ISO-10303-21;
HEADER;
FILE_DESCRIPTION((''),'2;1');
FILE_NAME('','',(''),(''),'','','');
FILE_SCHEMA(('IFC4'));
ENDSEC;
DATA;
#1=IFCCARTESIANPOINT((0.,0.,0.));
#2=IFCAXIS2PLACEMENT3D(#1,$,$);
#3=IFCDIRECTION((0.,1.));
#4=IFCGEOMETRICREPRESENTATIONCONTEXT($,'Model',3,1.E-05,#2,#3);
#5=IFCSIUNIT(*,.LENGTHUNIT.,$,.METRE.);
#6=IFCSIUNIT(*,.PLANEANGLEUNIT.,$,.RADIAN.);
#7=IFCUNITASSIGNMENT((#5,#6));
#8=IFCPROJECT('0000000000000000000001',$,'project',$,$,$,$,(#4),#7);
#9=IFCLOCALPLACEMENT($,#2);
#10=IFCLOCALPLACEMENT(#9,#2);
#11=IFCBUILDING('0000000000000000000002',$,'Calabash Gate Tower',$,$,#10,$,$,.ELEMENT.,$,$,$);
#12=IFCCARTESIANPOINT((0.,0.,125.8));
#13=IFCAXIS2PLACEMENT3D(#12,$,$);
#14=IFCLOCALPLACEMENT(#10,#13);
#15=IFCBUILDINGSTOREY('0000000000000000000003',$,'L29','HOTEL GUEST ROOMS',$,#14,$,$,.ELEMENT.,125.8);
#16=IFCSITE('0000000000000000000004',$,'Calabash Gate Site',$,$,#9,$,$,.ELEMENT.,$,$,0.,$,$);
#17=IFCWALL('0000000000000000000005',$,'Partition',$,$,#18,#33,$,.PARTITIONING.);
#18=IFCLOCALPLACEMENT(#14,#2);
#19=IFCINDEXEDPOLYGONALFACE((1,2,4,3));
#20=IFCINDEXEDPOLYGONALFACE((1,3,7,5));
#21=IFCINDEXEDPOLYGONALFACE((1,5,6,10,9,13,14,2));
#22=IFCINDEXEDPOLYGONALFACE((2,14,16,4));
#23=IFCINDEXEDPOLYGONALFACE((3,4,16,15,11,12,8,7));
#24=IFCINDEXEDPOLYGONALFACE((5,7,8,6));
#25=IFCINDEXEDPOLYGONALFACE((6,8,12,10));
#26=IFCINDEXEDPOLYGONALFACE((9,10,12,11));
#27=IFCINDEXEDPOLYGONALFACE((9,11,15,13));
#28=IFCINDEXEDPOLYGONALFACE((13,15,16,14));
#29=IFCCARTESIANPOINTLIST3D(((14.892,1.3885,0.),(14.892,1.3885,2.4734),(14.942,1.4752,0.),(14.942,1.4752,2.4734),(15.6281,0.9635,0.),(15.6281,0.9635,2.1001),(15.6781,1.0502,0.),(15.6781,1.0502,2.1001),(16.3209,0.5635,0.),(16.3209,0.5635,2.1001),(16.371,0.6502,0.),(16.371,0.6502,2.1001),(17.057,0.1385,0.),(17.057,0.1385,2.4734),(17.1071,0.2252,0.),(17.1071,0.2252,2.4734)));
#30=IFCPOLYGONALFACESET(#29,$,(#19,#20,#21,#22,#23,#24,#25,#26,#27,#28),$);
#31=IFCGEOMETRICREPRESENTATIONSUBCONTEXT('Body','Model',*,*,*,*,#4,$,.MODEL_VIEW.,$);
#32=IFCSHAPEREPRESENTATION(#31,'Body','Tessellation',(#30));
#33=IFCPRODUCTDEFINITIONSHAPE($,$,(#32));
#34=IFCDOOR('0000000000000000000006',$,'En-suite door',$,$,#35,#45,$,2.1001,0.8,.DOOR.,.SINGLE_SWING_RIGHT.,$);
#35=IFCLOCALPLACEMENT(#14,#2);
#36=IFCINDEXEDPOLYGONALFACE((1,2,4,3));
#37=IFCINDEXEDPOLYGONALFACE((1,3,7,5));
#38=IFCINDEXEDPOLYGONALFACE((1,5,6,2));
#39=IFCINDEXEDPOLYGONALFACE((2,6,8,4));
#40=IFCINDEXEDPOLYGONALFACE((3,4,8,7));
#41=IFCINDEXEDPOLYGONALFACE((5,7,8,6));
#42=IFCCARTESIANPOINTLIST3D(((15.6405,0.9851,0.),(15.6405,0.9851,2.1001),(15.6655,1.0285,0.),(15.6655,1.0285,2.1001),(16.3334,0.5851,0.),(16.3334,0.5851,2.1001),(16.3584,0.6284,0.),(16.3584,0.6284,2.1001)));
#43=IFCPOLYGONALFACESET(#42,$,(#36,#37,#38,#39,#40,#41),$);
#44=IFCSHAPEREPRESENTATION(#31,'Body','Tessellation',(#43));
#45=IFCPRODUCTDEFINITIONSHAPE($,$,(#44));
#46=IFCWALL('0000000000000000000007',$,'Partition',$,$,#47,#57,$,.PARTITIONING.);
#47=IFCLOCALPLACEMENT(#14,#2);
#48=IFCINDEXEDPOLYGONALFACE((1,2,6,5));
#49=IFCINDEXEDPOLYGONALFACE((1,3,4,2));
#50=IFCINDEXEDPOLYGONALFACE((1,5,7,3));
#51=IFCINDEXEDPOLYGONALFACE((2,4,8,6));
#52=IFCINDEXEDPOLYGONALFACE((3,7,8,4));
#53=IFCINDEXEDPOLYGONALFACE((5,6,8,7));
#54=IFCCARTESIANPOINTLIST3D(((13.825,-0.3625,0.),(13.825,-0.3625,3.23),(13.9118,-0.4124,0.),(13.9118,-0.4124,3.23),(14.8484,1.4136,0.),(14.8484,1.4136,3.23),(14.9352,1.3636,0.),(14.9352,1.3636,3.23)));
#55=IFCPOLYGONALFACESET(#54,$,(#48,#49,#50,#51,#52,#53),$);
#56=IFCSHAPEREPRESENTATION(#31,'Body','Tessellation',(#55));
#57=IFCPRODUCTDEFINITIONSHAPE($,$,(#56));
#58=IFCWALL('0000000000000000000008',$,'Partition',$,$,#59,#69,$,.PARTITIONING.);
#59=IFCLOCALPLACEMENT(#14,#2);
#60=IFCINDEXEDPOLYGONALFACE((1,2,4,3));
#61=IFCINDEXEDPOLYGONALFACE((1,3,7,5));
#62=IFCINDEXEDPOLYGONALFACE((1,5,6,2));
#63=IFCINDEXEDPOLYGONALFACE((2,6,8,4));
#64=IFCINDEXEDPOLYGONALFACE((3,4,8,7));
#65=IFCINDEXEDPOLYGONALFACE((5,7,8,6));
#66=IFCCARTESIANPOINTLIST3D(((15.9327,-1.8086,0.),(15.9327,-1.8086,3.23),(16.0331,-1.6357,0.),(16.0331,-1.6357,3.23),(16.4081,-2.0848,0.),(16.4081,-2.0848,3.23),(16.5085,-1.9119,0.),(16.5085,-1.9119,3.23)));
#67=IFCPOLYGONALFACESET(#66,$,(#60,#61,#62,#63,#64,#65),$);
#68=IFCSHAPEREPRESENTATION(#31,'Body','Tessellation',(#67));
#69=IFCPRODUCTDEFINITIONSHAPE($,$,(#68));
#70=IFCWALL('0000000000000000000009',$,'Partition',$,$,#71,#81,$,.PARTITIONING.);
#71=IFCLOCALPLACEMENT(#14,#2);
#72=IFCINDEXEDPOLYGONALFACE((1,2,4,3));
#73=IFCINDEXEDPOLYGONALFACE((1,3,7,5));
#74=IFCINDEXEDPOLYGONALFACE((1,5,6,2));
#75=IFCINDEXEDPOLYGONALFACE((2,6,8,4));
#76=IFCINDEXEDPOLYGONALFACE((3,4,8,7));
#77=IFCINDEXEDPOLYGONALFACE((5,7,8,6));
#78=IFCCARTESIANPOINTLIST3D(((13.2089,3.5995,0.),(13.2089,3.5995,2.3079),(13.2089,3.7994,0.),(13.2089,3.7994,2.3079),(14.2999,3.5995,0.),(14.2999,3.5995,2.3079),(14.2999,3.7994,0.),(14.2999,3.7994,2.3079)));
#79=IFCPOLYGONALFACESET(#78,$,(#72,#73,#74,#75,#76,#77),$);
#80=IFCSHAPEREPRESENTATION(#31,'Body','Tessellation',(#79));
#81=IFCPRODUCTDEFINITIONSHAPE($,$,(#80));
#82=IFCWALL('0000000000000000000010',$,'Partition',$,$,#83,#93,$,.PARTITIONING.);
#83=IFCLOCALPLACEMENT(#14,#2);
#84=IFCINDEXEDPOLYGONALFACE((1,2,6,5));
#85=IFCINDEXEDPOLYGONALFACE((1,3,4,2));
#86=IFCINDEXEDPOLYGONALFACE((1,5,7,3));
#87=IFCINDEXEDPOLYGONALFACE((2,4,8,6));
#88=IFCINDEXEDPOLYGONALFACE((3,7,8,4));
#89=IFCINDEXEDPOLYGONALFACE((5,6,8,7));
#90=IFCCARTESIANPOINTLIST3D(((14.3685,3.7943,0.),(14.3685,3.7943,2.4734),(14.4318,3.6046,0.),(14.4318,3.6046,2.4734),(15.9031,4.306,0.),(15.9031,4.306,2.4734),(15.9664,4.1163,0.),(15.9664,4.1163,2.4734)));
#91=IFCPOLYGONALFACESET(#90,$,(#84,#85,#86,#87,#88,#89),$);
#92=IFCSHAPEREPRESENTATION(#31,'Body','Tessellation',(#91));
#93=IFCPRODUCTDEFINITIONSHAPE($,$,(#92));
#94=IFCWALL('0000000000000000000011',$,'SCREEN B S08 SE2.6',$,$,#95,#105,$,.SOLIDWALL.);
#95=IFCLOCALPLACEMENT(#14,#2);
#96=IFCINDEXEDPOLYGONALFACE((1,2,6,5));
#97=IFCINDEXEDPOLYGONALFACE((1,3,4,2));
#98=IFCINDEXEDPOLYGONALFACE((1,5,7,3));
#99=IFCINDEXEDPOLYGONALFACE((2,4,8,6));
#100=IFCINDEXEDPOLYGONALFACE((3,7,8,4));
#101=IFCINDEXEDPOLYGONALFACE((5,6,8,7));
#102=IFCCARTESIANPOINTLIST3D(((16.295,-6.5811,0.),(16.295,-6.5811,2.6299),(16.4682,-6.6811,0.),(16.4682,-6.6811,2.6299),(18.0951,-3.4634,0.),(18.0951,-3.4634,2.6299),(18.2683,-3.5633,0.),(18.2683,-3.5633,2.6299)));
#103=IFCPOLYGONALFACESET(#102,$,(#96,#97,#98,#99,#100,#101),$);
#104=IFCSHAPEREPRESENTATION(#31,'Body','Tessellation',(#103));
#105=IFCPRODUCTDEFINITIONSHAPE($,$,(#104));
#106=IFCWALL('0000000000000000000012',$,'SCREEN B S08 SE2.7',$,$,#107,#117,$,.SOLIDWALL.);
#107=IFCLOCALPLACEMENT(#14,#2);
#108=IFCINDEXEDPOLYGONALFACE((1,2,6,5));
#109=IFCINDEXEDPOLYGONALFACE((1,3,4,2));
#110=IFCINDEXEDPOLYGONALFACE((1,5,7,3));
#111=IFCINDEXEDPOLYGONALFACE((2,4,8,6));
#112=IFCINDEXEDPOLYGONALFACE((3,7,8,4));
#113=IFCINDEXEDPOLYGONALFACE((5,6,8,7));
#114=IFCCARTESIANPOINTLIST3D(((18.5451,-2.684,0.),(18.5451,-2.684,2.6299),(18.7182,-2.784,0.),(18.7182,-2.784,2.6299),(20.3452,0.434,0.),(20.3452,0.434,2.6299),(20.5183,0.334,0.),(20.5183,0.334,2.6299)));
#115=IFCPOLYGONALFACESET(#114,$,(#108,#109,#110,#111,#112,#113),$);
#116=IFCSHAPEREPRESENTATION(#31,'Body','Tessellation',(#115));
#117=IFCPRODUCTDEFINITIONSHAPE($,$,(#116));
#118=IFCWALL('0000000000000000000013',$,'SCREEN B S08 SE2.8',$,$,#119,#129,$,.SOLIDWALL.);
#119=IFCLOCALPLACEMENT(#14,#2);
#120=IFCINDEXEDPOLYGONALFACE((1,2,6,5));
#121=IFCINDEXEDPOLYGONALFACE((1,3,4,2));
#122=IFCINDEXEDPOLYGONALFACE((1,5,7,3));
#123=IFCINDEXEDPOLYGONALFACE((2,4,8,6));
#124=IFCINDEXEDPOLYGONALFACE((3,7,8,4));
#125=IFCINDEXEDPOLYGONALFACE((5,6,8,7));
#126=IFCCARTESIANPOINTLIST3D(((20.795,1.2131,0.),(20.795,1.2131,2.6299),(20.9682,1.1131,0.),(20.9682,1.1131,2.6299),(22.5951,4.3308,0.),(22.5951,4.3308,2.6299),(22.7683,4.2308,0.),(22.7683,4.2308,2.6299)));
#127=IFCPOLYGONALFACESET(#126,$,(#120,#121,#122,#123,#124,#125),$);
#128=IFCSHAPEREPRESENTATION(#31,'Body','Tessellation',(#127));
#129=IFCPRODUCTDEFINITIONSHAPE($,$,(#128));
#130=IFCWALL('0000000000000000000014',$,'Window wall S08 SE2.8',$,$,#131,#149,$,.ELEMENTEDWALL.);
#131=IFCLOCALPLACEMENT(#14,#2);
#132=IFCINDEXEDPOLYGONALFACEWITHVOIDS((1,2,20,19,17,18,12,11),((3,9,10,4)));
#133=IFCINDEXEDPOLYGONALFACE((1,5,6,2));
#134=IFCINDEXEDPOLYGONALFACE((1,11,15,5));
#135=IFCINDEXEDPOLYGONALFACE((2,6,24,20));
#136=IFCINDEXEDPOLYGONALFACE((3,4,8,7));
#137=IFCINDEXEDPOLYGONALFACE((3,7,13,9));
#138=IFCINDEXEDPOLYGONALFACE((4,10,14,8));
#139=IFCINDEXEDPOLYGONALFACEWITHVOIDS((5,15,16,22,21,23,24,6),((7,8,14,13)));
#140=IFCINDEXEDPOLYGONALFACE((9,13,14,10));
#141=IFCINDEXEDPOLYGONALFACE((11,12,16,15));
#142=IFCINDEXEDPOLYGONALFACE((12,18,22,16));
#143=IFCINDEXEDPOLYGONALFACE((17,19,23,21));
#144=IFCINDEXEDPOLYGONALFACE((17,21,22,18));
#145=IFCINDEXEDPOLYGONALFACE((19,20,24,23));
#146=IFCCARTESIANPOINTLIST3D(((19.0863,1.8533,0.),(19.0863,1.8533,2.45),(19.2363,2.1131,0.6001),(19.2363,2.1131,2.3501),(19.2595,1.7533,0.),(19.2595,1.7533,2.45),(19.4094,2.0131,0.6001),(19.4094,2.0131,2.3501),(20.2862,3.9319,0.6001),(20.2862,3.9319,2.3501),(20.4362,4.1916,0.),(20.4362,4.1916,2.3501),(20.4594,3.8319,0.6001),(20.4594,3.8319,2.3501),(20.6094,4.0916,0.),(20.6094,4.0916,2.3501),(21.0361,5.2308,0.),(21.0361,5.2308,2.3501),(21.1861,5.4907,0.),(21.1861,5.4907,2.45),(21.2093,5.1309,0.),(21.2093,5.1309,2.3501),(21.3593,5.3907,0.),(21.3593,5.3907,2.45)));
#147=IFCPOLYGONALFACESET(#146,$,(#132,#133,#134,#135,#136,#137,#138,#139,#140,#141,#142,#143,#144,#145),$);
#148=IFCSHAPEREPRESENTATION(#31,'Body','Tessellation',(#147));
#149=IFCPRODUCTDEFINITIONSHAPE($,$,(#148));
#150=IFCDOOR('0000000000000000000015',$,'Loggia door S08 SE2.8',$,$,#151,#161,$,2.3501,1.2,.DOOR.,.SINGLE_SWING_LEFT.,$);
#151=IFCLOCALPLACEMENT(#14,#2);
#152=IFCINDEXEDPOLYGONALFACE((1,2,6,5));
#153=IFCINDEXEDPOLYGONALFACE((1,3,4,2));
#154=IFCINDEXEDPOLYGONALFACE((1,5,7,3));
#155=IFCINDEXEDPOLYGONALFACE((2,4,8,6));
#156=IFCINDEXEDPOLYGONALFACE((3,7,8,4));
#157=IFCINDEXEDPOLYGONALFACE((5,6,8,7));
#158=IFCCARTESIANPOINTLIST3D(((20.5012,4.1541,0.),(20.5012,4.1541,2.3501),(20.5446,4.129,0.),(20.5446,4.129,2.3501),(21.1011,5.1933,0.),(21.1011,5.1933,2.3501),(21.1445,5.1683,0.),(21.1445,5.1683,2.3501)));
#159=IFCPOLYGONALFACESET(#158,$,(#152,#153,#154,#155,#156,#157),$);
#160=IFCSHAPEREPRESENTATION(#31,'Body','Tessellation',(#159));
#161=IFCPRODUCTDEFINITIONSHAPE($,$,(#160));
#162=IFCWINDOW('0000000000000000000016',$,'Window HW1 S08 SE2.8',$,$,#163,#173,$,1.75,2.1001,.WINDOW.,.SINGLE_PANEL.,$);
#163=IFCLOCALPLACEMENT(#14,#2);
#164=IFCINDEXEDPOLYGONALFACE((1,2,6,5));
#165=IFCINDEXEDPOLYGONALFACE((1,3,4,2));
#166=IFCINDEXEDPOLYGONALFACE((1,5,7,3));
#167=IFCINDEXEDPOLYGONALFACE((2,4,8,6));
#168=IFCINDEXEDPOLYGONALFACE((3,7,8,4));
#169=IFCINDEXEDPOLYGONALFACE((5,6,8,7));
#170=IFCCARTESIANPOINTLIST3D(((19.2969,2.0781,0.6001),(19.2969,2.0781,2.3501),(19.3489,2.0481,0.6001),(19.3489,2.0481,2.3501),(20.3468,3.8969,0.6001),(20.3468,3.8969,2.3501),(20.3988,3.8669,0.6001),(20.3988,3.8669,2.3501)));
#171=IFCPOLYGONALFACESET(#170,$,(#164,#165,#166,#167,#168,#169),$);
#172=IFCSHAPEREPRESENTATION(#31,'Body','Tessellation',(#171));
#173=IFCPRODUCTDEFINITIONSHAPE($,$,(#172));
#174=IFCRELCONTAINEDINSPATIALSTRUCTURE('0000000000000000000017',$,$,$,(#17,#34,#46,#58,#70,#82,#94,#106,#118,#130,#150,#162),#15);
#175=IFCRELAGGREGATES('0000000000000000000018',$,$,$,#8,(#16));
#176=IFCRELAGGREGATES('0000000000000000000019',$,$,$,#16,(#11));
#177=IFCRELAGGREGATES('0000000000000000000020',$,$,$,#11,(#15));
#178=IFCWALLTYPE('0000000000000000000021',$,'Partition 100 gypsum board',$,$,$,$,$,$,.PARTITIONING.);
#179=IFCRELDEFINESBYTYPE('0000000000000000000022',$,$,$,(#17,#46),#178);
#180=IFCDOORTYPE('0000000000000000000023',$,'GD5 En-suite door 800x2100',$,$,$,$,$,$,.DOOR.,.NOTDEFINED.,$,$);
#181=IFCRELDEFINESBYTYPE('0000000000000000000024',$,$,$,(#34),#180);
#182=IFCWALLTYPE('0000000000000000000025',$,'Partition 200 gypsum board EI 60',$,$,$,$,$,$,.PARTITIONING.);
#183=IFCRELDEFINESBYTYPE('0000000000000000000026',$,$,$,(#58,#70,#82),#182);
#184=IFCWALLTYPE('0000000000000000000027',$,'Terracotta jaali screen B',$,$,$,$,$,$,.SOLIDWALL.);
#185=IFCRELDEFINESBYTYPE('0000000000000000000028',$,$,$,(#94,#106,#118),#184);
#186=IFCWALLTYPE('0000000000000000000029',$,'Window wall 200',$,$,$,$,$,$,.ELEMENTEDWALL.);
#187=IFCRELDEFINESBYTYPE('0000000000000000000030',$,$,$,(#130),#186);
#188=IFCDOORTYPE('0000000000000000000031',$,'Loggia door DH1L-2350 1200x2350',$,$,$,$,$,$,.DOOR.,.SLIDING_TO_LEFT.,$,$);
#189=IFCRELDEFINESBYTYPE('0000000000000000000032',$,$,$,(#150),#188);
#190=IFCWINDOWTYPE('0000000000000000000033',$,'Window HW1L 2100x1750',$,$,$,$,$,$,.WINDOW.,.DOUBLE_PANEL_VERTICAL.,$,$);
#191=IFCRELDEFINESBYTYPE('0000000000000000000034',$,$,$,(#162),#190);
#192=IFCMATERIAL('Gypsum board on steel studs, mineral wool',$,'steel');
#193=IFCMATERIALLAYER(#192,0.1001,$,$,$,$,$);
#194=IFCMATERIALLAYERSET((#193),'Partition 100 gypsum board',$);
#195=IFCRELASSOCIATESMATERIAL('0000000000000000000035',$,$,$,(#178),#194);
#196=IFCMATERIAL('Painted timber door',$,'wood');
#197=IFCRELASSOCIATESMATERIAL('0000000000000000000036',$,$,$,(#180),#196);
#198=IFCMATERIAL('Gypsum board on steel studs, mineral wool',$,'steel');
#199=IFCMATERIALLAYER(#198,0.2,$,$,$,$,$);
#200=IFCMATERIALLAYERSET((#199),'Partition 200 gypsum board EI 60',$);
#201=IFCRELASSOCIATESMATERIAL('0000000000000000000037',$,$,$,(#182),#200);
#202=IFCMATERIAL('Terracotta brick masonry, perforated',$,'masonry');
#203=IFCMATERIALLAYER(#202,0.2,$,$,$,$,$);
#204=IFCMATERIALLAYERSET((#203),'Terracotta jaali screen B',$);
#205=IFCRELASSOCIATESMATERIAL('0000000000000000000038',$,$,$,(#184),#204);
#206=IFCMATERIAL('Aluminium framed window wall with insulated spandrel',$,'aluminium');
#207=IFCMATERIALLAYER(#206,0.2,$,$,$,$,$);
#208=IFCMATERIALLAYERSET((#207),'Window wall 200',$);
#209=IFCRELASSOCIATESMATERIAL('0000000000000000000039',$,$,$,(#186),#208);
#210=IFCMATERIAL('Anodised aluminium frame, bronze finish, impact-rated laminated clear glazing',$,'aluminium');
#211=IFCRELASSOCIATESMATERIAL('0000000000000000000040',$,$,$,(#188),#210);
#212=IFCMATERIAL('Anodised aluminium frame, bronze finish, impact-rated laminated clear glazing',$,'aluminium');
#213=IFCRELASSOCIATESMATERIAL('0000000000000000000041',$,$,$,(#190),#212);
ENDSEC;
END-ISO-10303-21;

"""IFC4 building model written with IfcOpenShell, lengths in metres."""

from ifc_helpers import new_model, si_unit, direction, frame, frame_2d, origin, place, context, subcontext, project, spatial, rectangle, extrude, material, layer, layer_set, type_object, element, fill, save


model = new_model("IFC4")

# Units and contexts
model_context = context("Model", 3, precision=1e-05, world=origin(), true_north=direction((0.0, 1.0)))
body_context = subcontext(model_context, "Body", "Model", "MODEL_VIEW")
ifc_project = project(units=[si_unit("LENGTHUNIT", "METRE"), si_unit("PLANEANGLEUNIT", "RADIAN")], contexts=[model_context])

# Site, building, storey
site_placement = place(None, origin())
site = spatial("IfcSite", under=ifc_project, at=site_placement, Name="Calabash Gate Site", CompositionType="ELEMENT", RefElevation=0.0)
building_placement = place(site_placement, origin())
building = spatial("IfcBuilding", under=site, at=building_placement, Name="Calabash Gate Tower", CompositionType="ELEMENT")
storey_placement = place(building_placement, frame((0.0, 0.0, 125.8)))
storey = spatial("IfcBuildingStorey", under=building, at=storey_placement, Name="L29", Description="HOTEL GUEST ROOMS", CompositionType="ELEMENT", Elevation=125.8)

# Shared definitions
ifc_material_1 = material(Name="Gypsum board on steel studs, mineral wool", Category="steel")
ifc_layer_1 = layer(ifc_material_1, 0.1001)
ifc_layer_set_1 = layer_set([ifc_layer_1], Name="Partition 100 gypsum board")
wall_type_1 = type_object("IfcWallType", Name="Partition 100 gypsum board", PredefinedType="PARTITIONING", material=ifc_layer_set_1)

# Wall, opening, door
wall_1_placement = place(storey_placement, frame((14.917, 1.4319, 0.0), z_axis=(0.0, 0.0, 1.0), x_axis=(0.866023, -0.500004, 0.0)))
wall_1 = element("IfcWall", 1, at=wall_1_placement, inside=storey, type_object=wall_type_1, Name="Partition", PredefinedType="PARTITIONING", context=body_context, shape_type="SweptSolid", body=[
    extrude(rectangle(XDim=2.5, YDim=0.1001, at=frame_2d((1.25, 0.0))), origin(), (0.0, 0.0, 1.0), 2.4734),
])
opening_1_placement = place(wall_1_placement, frame((0.8501, 0.0, 0.0)))
opening_1 = element("IfcOpeningElement", 2, at=opening_1_placement, cuts=wall_1, PredefinedType="OPENING", context=body_context, shape_type="SweptSolid", body=[
    extrude(rectangle(XDim=0.8, YDim=2.1001, at=frame_2d((0.3999, 1.05))), frame((0.0, 0.0601, 0.0), z_axis=(0.0, -1.0, 0.0), x_axis=(1.0, 0.0, 0.0)), (0.0, 0.0, 1.0), 0.1201),
])
ifc_material_2 = material(Name="Painted timber door", Category="wood")
door_type_1 = type_object("IfcDoorType", Name="GD5 En-suite door 800x2100", OperationType="NOTDEFINED", PredefinedType="DOOR", material=ifc_material_2)
door_1_placement = place(opening_1_placement, origin())
door_1 = element("IfcDoor", 3, at=door_1_placement, inside=storey, type_object=door_type_1, Name="En-suite door", OperationType="SINGLE_SWING_RIGHT", OverallHeight=2.1001, OverallWidth=0.8, PredefinedType="DOOR", context=body_context, shape_type="SweptSolid", body=[
    extrude(rectangle(XDim=0.8, YDim=2.1001, at=frame_2d((0.3999, 1.05))), frame((0.0, 0.0249, 0.0), z_axis=(0.0, -1.0, 0.0), x_axis=(1.0, 0.0, 0.0)), (0.0, 0.0, 1.0), 0.05),
])
fill(opening_1, door_1)

# Walls
wall_2_placement = place(storey_placement, frame((13.8684, -0.3875, 0.0), z_axis=(0.0, 0.0, 1.0), x_axis=(0.499265, 0.866449, 0.0)))
element("IfcWall", 4, at=wall_2_placement, inside=storey, type_object=wall_type_1, Name="Partition", PredefinedType="PARTITIONING", context=body_context, shape_type="SweptSolid", body=[
    extrude(rectangle(XDim=2.0498, YDim=0.1001, at=frame_2d((1.0249, 0.0))), origin(), (0.0, 0.0, 1.0), 3.23),
])
ifc_material_3 = material(Name="Gypsum board on steel studs, mineral wool", Category="steel")
ifc_layer_2 = layer(ifc_material_3, 0.2)
ifc_layer_set_2 = layer_set([ifc_layer_2], Name="Partition 200 gypsum board EI 60")
wall_type_2 = type_object("IfcWallType", Name="Partition 200 gypsum board EI 60", PredefinedType="PARTITIONING", material=ifc_layer_set_2)
wall_3_placement = place(storey_placement, frame((15.9829, -1.7222, 0.0), z_axis=(0.0, 0.0, 1.0), x_axis=(0.864696, -0.502296, 0.0)))
element("IfcWall", 5, at=wall_3_placement, inside=storey, type_object=wall_type_2, Name="Partition", PredefinedType="PARTITIONING", context=body_context, shape_type="SweptSolid", body=[
    extrude(rectangle(XDim=0.5498, YDim=0.2, at=frame_2d((0.2749, 0.0))), origin(), (0.0, 0.0, 1.0), 3.23),
])
wall_4_placement = place(storey_placement, frame((13.209, 3.6995, 0.0), z_axis=(0.0, 0.0, 1.0), x_axis=(1.0, 0.0, 0.0)))
element("IfcWall", 6, at=wall_4_placement, inside=storey, type_object=wall_type_2, Name="Partition", PredefinedType="PARTITIONING", context=body_context, shape_type="SweptSolid", body=[
    extrude(rectangle(XDim=1.0911, YDim=0.2, at=frame_2d((0.5454, 0.0))), origin(), (0.0, 0.0, 1.0), 2.3079),
])
wall_5_placement = place(storey_placement, frame((14.4001, 3.6995, 0.0), z_axis=(0.0, 0.0, 1.0), x_axis=(0.948653, 0.316318, 0.0)))
element("IfcWall", 7, at=wall_5_placement, inside=storey, type_object=wall_type_2, Name="Partition", PredefinedType="PARTITIONING", context=body_context, shape_type="SweptSolid", body=[
    extrude(rectangle(XDim=1.6177, YDim=0.2, at=frame_2d((0.8088, 0.0))), origin(), (0.0, 0.0, 1.0), 2.4734),
])
ifc_material_4 = material(Name="Terracotta brick masonry, perforated", Category="masonry")
ifc_layer_3 = layer(ifc_material_4, 0.2)
ifc_layer_set_3 = layer_set([ifc_layer_3], Name="Terracotta jaali screen B")
wall_type_3 = type_object("IfcWallType", Name="Terracotta jaali screen B", PredefinedType="SOLIDWALL", material=ifc_layer_set_3)
wall_6_placement = place(storey_placement, frame((16.3816, -6.6311, 0.0), z_axis=(0.0, 0.0, 1.0), x_axis=(0.500012, 0.866018, 0.0)))
element("IfcWall", 8, at=wall_6_placement, inside=storey, type_object=wall_type_3, Name="SCREEN B S08 SE2.6", PredefinedType="SOLIDWALL", context=body_context, shape_type="SweptSolid", body=[
    extrude(rectangle(XDim=3.6001, YDim=0.2, at=frame_2d((1.8, 0.0))), origin(), (0.0, 0.0, 1.0), 2.6299),
])
wall_7_placement = place(storey_placement, frame((18.6316, -2.7341, 0.0), z_axis=(0.0, 0.0, 1.0), x_axis=(0.499983, 0.866035, 0.0)))
element("IfcWall", 9, at=wall_7_placement, inside=storey, type_object=wall_type_3, Name="SCREEN B S08 SE2.7", PredefinedType="SOLIDWALL", context=body_context, shape_type="SweptSolid", body=[
    extrude(rectangle(XDim=3.6003, YDim=0.2, at=frame_2d((1.8003, 0.0))), origin(), (0.0, 0.0, 1.0), 2.6299),
])
wall_8_placement = place(storey_placement, frame((20.8816, 1.1631, 0.0), z_axis=(0.0, 0.0, 1.0), x_axis=(0.500012, 0.866018, 0.0)))
element("IfcWall", 10, at=wall_8_placement, inside=storey, type_object=wall_type_3, Name="SCREEN B S08 SE2.8", PredefinedType="SOLIDWALL", context=body_context, shape_type="SweptSolid", body=[
    extrude(rectangle(XDim=3.6001, YDim=0.2, at=frame_2d((1.8, 0.0))), origin(), (0.0, 0.0, 1.0), 2.6299),
])

# Wall, openings, door, window
ifc_material_5 = material(Name="Aluminium framed window wall with insulated spandrel", Category="aluminium")
ifc_layer_4 = layer(ifc_material_5, 0.2)
ifc_layer_set_4 = layer_set([ifc_layer_4], Name="Window wall 200")
wall_type_4 = type_object("IfcWallType", Name="Window wall 200", PredefinedType="ELEMENTEDWALL", material=ifc_layer_set_4)
wall_9_placement = place(storey_placement, frame((19.1729, 1.8032, 0.0), z_axis=(0.0, 0.0, 1.0), x_axis=(0.499959, 0.866049, 0.0)))
wall_9 = element("IfcWall", 11, at=wall_9_placement, inside=storey, type_object=wall_type_4, Name="Window wall S08 SE2.8", PredefinedType="ELEMENTEDWALL", context=body_context, shape_type="SweptSolid", body=[
    extrude(rectangle(XDim=4.2, YDim=0.2, at=frame_2d((2.1001, 0.0))), origin(), (0.0, 0.0, 1.0), 2.45),
])
opening_2_placement = place(wall_9_placement, frame((0.3, 0.0, 0.6001)))
opening_2 = element("IfcOpeningElement", 12, at=opening_2_placement, cuts=wall_9, PredefinedType="OPENING", context=body_context, shape_type="SweptSolid", body=[
    extrude(rectangle(XDim=2.1001, YDim=1.75, at=frame_2d((1.05, 0.875))), frame((0.0, 0.1099, 0.0), z_axis=(0.0, -1.0, 0.0), x_axis=(1.0, 0.0, 0.0)), (0.0, 0.0, 1.0), 0.22),
])
opening_3_placement = place(wall_9_placement, frame((2.7, 0.0, 0.0)))
opening_3 = element("IfcOpeningElement", 13, at=opening_3_placement, cuts=wall_9, PredefinedType="OPENING", context=body_context, shape_type="SweptSolid", body=[
    extrude(rectangle(XDim=1.2, YDim=2.3501, at=frame_2d((0.6001, 1.175))), frame((0.0, 0.1099, 0.0), z_axis=(0.0, -1.0, 0.0), x_axis=(1.0, 0.0, 0.0)), (0.0, 0.0, 1.0), 0.22),
])
ifc_material_6 = material(Name="Anodised aluminium frame, bronze finish, impact-rated laminated clear glazing", Category="aluminium")
door_type_2 = type_object("IfcDoorType", Name="Loggia door DH1L-2350 1200x2350", OperationType="SLIDING_TO_LEFT", PredefinedType="DOOR", material=ifc_material_6)
door_2_placement = place(opening_3_placement, origin())
door_2 = element("IfcDoor", 14, at=door_2_placement, inside=storey, type_object=door_type_2, Name="Loggia door S08 SE2.8", OperationType="SINGLE_SWING_LEFT", OverallHeight=2.3501, OverallWidth=1.2, PredefinedType="DOOR", context=body_context, shape_type="SweptSolid", body=[
    extrude(rectangle(XDim=1.2, YDim=2.3501, at=frame_2d((0.6001, 1.175))), frame((0.0, 0.0249, 0.0), z_axis=(0.0, -1.0, 0.0), x_axis=(1.0, 0.0, 0.0)), (0.0, 0.0, 1.0), 0.05),
])
fill(opening_3, door_2)
ifc_material_7 = material(Name="Anodised aluminium frame, bronze finish, impact-rated laminated clear glazing", Category="aluminium")
window_type_1 = type_object("IfcWindowType", Name="Window HW1L 2100x1750", PartitioningType="DOUBLE_PANEL_VERTICAL", PredefinedType="WINDOW", material=ifc_material_7)
window_1_placement = place(opening_2_placement, origin())
window_1 = element("IfcWindow", 15, at=window_1_placement, inside=storey, type_object=window_type_1, Name="Window HW1 S08 SE2.8", OverallHeight=1.75, OverallWidth=2.1001, PartitioningType="SINGLE_PANEL", PredefinedType="WINDOW", context=body_context, shape_type="SweptSolid", body=[
    extrude(rectangle(XDim=2.1001, YDim=1.75, at=frame_2d((1.05, 0.875))), frame((0.0, 0.03, 0.0), z_axis=(0.0, -1.0, 0.0), x_axis=(1.0, 0.0, 0.0)), (0.0, 0.0, 1.0), 0.0601),
])
fill(opening_2, window_1)

save(model, "model.ifc")
